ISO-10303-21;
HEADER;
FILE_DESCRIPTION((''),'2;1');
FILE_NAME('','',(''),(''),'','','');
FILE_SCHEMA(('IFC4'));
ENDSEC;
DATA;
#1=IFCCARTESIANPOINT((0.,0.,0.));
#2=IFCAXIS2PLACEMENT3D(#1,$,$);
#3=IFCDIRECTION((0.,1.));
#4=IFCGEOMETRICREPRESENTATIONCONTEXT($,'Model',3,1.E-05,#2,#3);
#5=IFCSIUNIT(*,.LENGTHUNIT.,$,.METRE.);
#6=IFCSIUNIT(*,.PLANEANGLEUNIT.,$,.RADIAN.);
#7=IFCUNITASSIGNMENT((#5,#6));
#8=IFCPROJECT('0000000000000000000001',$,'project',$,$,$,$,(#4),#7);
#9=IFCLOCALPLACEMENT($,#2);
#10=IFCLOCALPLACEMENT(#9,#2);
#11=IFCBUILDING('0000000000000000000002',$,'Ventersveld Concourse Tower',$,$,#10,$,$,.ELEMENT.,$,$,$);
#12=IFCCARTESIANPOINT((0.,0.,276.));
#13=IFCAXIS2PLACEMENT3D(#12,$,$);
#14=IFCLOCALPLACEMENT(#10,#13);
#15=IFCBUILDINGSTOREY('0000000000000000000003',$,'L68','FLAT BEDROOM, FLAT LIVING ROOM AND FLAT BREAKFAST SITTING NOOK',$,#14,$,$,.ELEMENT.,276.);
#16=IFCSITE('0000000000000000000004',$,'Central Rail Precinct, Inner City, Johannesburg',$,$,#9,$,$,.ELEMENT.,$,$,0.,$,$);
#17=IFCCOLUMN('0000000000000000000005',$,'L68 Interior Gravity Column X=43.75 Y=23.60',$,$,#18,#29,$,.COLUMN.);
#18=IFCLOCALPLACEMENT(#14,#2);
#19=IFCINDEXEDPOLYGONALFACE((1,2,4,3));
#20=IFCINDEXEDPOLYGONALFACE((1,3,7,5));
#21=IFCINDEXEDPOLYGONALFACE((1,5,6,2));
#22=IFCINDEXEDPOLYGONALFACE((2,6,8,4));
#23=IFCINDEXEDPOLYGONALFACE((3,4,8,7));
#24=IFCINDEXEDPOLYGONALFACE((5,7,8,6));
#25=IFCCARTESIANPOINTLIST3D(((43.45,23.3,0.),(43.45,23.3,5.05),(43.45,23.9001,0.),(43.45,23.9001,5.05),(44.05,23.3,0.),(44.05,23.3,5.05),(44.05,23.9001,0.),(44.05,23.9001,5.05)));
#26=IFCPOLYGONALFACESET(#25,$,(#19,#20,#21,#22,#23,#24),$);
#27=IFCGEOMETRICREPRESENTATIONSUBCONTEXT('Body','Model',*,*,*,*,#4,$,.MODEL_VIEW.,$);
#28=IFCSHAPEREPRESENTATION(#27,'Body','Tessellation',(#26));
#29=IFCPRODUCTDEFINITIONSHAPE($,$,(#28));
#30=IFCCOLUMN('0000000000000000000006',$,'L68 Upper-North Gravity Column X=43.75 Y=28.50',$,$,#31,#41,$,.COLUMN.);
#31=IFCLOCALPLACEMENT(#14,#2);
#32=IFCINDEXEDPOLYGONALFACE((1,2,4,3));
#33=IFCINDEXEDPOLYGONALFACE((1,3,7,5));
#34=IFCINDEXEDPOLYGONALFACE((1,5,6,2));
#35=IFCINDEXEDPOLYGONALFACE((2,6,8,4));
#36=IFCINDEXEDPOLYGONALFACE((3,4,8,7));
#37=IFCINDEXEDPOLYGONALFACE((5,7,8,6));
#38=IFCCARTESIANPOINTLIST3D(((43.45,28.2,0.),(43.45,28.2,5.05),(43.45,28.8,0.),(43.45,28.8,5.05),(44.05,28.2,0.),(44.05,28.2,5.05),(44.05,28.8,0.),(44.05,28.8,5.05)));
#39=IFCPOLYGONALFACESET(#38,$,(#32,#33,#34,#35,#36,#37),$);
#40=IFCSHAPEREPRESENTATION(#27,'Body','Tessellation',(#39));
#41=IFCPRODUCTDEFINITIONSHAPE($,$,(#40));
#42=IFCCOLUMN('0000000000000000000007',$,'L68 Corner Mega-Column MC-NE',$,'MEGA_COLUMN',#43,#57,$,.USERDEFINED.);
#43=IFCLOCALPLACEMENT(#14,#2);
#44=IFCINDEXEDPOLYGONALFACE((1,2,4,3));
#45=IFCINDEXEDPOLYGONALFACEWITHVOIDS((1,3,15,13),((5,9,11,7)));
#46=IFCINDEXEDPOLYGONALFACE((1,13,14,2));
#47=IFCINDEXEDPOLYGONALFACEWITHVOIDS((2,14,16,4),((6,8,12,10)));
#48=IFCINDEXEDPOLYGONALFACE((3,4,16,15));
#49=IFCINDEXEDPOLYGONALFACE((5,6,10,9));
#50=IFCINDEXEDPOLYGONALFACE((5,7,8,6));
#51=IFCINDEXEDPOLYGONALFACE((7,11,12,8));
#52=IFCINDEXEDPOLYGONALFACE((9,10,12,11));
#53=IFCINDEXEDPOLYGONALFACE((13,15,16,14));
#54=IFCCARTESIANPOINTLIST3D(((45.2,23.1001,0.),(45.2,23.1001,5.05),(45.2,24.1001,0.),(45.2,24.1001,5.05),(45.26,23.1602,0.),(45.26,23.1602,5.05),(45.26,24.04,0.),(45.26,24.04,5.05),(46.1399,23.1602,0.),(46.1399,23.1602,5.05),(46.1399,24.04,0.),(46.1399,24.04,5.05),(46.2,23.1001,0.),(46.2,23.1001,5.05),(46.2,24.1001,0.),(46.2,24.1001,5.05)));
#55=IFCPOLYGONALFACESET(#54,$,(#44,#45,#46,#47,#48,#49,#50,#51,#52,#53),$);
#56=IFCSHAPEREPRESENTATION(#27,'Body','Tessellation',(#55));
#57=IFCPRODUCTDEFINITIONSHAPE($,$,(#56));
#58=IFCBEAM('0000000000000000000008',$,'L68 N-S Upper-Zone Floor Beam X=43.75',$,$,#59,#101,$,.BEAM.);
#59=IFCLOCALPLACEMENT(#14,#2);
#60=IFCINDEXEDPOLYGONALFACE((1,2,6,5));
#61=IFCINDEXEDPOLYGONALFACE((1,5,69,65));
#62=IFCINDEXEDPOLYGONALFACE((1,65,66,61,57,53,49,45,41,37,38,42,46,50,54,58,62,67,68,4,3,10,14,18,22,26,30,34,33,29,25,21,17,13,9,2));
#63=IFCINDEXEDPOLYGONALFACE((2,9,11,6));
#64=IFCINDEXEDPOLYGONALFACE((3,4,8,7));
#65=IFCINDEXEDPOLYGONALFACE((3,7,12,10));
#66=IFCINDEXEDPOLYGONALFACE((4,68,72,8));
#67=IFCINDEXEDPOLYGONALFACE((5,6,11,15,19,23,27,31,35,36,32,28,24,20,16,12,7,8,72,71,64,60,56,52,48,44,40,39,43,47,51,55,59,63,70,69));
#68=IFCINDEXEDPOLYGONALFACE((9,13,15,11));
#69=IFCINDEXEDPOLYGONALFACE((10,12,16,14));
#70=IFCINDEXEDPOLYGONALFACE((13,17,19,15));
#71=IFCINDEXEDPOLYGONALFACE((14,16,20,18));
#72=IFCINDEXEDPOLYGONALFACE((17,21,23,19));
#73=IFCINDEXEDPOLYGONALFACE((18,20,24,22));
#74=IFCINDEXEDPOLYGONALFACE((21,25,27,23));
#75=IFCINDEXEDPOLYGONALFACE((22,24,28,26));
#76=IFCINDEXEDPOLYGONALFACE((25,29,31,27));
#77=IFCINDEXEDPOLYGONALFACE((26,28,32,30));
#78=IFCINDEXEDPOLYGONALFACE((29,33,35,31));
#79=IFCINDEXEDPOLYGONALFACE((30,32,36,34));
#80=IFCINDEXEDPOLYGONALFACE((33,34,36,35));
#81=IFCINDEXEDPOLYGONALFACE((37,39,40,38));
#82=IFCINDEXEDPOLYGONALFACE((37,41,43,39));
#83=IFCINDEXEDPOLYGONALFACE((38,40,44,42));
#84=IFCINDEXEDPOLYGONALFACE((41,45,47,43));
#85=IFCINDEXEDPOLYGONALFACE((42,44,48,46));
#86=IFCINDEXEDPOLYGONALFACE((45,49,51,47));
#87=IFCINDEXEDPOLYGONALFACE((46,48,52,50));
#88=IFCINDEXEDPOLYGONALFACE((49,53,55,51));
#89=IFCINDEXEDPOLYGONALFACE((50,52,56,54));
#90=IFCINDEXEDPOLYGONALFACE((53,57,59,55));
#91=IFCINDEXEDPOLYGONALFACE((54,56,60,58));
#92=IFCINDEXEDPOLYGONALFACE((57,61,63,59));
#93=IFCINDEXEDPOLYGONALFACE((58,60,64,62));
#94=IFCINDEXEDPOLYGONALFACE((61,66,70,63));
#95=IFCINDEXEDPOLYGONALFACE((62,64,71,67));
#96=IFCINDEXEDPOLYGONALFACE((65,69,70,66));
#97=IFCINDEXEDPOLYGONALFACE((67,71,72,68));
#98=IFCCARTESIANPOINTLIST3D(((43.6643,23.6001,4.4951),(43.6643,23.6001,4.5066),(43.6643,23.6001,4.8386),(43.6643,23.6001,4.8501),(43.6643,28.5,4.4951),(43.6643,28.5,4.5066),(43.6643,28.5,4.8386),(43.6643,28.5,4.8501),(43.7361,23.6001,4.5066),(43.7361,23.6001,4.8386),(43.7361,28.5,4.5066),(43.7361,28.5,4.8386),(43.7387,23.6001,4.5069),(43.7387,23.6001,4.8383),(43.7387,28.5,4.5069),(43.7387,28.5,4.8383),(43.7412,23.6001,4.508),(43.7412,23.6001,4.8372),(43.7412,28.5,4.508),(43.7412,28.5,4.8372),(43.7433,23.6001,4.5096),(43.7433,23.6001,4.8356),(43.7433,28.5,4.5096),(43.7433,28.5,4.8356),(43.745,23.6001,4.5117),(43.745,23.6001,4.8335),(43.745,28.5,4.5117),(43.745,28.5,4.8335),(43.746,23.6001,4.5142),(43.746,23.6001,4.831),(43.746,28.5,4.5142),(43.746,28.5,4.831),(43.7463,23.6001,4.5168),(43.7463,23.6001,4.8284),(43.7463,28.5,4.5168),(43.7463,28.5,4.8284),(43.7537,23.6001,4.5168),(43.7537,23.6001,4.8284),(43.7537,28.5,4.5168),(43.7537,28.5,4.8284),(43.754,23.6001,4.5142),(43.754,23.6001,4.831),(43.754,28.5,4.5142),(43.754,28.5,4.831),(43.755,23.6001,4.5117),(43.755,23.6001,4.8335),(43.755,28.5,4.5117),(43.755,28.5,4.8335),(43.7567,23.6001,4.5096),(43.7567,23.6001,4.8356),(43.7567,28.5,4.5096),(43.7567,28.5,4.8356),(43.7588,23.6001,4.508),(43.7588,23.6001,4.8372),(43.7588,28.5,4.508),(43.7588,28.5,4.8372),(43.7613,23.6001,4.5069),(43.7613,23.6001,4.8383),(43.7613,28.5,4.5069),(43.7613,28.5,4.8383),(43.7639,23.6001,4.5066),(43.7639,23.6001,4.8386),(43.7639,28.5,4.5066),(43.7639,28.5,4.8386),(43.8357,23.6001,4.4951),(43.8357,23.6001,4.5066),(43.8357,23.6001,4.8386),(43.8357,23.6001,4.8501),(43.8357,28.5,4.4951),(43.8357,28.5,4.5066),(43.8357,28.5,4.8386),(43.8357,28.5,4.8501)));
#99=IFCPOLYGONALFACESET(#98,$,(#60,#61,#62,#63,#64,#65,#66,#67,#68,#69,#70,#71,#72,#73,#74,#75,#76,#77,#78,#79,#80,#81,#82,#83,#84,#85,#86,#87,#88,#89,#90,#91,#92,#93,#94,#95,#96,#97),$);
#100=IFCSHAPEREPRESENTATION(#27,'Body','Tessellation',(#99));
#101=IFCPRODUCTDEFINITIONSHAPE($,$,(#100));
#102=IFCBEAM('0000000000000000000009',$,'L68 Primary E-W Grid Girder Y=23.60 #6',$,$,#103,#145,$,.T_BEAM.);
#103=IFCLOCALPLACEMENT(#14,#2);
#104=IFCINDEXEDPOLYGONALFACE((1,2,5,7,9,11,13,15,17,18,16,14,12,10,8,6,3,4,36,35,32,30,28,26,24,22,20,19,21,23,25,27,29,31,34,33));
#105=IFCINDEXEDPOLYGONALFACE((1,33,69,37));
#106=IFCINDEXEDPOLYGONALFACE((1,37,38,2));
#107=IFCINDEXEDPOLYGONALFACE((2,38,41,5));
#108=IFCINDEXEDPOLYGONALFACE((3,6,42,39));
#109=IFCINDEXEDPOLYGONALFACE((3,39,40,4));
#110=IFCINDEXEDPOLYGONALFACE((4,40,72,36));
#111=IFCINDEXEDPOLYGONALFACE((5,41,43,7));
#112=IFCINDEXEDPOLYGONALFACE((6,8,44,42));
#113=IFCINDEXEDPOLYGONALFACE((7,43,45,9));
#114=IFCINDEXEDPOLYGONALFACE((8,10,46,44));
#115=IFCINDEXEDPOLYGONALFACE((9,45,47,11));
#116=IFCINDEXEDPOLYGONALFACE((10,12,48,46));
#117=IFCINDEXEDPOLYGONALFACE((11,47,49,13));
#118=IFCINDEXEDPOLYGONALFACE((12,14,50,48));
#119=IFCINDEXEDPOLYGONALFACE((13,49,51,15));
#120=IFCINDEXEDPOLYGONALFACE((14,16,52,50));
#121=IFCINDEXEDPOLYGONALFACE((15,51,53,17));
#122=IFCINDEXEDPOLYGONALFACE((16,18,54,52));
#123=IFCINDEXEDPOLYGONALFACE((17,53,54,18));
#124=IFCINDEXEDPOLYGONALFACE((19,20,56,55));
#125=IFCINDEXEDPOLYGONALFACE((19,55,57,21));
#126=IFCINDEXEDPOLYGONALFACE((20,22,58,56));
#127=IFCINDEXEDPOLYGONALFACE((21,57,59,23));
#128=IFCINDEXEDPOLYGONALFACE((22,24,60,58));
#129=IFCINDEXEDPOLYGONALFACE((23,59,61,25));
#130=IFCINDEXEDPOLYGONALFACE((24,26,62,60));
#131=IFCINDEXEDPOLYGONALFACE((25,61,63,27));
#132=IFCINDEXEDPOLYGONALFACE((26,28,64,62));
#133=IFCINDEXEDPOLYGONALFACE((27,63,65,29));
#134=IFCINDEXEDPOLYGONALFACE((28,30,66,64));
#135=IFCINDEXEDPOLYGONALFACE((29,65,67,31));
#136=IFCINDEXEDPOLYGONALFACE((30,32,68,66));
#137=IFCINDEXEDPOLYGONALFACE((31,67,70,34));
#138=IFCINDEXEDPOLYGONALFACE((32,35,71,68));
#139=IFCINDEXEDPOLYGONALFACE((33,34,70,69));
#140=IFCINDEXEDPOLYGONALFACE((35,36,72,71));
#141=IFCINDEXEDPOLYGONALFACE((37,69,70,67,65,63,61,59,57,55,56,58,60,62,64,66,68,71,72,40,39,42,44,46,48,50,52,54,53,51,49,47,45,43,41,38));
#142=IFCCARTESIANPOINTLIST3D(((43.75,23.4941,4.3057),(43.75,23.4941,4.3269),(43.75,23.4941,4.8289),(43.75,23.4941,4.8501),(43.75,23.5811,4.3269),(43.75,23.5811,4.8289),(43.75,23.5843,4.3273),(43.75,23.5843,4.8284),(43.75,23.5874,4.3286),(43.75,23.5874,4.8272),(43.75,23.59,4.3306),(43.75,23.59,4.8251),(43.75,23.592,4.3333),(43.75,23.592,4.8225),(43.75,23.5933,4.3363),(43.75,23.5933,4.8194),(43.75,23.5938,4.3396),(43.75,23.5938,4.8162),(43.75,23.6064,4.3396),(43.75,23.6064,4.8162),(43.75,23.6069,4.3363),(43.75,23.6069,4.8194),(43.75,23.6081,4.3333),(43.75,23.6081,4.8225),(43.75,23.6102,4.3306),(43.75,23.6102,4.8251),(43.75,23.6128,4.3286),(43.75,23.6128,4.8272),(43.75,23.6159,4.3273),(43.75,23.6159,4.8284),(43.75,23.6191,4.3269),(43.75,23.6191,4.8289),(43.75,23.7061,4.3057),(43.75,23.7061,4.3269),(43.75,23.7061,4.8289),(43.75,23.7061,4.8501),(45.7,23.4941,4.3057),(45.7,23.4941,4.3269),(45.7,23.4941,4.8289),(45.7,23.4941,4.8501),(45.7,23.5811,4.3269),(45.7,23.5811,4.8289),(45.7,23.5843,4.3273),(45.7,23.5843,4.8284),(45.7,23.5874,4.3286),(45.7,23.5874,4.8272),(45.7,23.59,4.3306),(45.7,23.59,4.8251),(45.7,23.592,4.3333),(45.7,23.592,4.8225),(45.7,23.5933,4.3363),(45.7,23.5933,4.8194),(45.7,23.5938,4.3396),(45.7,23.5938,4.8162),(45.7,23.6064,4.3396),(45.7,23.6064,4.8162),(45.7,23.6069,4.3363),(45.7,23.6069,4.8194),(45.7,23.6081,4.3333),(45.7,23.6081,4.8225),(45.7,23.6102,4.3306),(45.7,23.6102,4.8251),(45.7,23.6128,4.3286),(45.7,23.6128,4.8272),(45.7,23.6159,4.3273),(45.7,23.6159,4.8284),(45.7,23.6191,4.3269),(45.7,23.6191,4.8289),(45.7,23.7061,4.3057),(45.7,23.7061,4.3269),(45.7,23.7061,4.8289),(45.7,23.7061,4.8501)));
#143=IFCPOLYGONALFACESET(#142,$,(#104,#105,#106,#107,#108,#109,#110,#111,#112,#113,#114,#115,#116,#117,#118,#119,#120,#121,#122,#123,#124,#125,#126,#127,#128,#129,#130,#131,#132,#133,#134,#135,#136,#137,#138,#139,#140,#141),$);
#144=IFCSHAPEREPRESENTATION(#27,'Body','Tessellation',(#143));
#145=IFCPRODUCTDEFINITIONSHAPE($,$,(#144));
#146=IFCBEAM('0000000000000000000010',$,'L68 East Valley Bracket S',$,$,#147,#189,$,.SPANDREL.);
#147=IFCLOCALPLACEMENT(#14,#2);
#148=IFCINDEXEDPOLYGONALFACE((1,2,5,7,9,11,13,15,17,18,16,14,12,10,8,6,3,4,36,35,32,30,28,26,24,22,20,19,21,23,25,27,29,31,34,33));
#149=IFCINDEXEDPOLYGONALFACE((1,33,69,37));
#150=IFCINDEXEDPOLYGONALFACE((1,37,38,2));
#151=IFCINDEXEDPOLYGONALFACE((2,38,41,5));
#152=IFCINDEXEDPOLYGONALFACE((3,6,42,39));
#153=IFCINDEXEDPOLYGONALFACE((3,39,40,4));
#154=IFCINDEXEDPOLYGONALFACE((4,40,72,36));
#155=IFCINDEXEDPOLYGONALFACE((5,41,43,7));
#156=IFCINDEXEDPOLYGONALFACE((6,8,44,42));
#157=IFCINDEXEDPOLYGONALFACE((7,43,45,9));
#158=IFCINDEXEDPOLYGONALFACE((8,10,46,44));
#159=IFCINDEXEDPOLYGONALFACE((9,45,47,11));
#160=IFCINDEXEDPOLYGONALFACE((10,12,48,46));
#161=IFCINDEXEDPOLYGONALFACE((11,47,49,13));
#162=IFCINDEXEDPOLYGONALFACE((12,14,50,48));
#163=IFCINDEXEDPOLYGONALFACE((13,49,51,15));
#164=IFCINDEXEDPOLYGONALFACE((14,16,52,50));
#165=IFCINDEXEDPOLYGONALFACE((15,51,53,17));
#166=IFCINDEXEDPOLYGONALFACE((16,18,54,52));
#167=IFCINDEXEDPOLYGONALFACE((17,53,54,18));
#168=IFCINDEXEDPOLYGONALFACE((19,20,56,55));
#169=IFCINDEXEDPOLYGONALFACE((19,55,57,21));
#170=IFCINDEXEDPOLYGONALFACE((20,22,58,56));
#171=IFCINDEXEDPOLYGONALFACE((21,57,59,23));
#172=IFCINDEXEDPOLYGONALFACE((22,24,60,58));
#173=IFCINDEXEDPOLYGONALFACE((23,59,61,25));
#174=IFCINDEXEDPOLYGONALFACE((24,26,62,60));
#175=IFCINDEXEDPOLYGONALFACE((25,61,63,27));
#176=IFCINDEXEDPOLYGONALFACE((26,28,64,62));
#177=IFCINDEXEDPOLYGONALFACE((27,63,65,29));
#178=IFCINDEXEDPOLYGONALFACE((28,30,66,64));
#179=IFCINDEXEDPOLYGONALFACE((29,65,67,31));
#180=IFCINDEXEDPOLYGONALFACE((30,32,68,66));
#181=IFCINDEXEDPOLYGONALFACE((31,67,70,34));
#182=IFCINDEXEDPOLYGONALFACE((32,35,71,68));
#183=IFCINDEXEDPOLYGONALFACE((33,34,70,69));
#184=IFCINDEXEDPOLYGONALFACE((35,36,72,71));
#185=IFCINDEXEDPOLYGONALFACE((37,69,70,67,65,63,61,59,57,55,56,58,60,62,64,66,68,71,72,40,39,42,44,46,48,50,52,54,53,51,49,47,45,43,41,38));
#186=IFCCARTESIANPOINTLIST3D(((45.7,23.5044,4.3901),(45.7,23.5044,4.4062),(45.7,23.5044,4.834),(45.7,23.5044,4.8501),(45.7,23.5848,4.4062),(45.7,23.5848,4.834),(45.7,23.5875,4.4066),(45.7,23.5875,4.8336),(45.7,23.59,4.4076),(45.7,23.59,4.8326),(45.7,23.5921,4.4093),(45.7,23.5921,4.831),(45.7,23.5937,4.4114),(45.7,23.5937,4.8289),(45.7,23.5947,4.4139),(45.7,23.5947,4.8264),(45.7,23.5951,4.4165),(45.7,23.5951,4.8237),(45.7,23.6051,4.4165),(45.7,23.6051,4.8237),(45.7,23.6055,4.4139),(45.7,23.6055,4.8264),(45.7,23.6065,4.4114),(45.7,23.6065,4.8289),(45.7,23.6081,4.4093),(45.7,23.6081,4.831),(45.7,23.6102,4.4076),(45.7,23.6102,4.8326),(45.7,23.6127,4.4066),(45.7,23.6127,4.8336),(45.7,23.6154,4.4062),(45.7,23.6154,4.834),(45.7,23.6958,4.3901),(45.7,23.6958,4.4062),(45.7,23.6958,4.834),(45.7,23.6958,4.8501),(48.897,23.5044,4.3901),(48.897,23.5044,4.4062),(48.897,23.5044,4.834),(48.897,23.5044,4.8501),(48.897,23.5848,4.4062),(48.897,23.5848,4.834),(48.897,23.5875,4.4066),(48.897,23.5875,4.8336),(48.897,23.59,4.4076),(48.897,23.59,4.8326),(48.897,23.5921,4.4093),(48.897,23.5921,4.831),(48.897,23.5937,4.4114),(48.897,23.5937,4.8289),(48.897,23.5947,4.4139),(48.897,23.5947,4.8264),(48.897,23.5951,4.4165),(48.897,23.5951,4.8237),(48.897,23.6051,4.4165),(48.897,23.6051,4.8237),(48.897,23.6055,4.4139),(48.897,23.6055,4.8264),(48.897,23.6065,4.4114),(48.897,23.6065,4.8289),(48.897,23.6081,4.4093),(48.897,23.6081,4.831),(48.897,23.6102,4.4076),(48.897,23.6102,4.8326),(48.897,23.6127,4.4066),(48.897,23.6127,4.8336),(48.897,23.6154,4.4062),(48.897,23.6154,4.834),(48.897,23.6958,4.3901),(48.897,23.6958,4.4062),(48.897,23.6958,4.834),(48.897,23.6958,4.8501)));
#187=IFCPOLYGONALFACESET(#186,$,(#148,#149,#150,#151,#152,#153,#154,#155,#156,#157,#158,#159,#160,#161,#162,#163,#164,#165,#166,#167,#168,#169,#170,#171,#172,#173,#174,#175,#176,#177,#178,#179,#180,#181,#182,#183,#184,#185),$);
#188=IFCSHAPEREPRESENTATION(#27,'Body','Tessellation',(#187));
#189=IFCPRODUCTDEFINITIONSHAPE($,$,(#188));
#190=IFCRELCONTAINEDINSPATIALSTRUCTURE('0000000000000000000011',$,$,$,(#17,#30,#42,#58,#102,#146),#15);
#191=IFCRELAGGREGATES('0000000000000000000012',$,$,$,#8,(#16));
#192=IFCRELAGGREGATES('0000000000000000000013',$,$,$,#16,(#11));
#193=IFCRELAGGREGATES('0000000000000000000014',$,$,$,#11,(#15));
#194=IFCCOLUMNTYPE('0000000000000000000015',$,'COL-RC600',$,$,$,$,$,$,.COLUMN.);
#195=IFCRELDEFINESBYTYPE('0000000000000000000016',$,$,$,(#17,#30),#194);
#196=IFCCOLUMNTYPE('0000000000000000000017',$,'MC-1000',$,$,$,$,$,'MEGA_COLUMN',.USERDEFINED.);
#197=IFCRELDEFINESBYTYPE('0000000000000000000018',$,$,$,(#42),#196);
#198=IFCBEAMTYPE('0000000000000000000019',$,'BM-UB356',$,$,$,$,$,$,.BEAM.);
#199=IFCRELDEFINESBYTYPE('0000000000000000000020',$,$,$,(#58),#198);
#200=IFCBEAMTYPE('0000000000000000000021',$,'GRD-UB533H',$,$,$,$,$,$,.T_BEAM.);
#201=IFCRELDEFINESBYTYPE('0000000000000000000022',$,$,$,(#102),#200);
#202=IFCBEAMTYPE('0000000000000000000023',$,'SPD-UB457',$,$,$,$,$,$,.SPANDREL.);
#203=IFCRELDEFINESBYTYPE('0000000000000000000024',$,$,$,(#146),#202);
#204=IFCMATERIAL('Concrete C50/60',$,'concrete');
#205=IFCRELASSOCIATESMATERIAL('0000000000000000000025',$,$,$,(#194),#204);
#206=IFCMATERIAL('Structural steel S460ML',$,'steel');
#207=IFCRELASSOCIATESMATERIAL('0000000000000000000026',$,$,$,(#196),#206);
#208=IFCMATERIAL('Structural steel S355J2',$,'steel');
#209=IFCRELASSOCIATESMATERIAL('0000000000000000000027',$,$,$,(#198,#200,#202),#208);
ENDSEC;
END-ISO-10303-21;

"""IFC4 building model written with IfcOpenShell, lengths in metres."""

from ifc_helpers import new_model, si_unit, direction, frame, origin, origin_2d, place, context, subcontext, project, spatial, rectangle, hollow_rectangle, i_section, extrude, material, material_profile, profile_set, type_object, element, save


model = new_model("IFC4")

# Units and contexts
model_context = context("Model", 3, precision=1e-05, world=origin(), true_north=direction((0.0, 1.0)))
body_context = subcontext(model_context, "Body", "Model", "MODEL_VIEW")
ifc_project = project(units=[si_unit("LENGTHUNIT", "METRE"), si_unit("PLANEANGLEUNIT", "RADIAN")], contexts=[model_context])

# Site, building, storey
site_placement = place(None, origin())
site = spatial("IfcSite", under=ifc_project, at=site_placement, Name="Central Rail Precinct, Inner City, Johannesburg", CompositionType="ELEMENT", RefElevation=0.0)
building_placement = place(site_placement, origin())
building = spatial("IfcBuilding", under=site, at=building_placement, Name="Ventersveld Concourse Tower", CompositionType="ELEMENT")
storey_placement = place(building_placement, frame((0.0, 0.0, 276.0)))
storey = spatial("IfcBuildingStorey", under=building, at=storey_placement, Name="L68", Description="FLAT BEDROOM, FLAT LIVING ROOM AND FLAT BREAKFAST SITTING NOOK", CompositionType="ELEMENT", Elevation=276.0)

# Columns
ifc_material_1 = material(Name="Concrete C50/60", Category="concrete")
ifc_material_profile_1 = material_profile(ifc_material_1, rectangle(XDim=0.6001, YDim=0.6001, at=origin_2d()), Name="RC 600x600")
ifc_profile_set_1 = profile_set([ifc_material_profile_1], Name="Concrete C50/60")
column_type_1 = type_object("IfcColumnType", Name="COL-RC600", PredefinedType="COLUMN", material=ifc_profile_set_1)
for number, where, z_axis, x_axis, name in (
    (1, (43.75, 23.6001, 0.0), (0.0, 0.0, 1.0), (1.0, 0.0, 0.0), "L68 Interior Gravity Column X=43.75 Y=23.60"),
    (2, (43.75, 28.5, 0.0), (0.0, 0.0, 1.0), (1.0, 0.0, 0.0), "L68 Upper-North Gravity Column X=43.75 Y=28.50"),
):
    element("IfcColumn", number, at=place(storey_placement, frame(where, z_axis=z_axis, x_axis=x_axis)), inside=storey, type_object=column_type_1, Name=name, PredefinedType="COLUMN", context=body_context, shape_type="SweptSolid", body=[
        extrude(rectangle(XDim=0.6001, YDim=0.6001, at=origin_2d()), origin(), (0.0, 0.0, 1.0), 5.05),
    ])
ifc_material_2 = material(Name="Structural steel S460ML", Category="steel")
ifc_material_profile_2 = material_profile(ifc_material_2, hollow_rectangle(XDim=1.0, YDim=1.0, WallThickness=0.0601, at=origin_2d()), Name="BOX 1000x1000x60")
ifc_profile_set_2 = profile_set([ifc_material_profile_2], Name="Structural steel S460ML")
column_type_2 = type_object("IfcColumnType", Name="MC-1000", ElementType="MEGA_COLUMN", PredefinedType="USERDEFINED", material=ifc_profile_set_2)
column_placement = place(storey_placement, frame((45.7, 23.6001, 0.0), z_axis=(0.0, 0.0, 1.0), x_axis=(1.0, 0.0, 0.0)))
element("IfcColumn", 3, at=column_placement, inside=storey, type_object=column_type_2, Name="L68 Corner Mega-Column MC-NE", ObjectType="MEGA_COLUMN", PredefinedType="USERDEFINED", context=body_context, shape_type="SweptSolid", body=[
    extrude(hollow_rectangle(XDim=1.0, YDim=1.0, WallThickness=0.0601, at=origin_2d()), origin(), (0.0, 0.0, 1.0), 5.05),
])

# Beams
ifc_material_3 = material(Name="Structural steel S355J2", Category="steel")
ifc_material_profile_3 = material_profile(ifc_material_3, i_section(OverallWidth=0.1714, OverallDepth=0.355, WebThickness=0.0073, FlangeThickness=0.0115, FilletRadius=0.0103, at=origin_2d()), Name="UB 356x171x51")
ifc_profile_set_3 = profile_set([ifc_material_profile_3], Name="Structural steel S355J2")
beam_type_1 = type_object("IfcBeamType", Name="BM-UB356", PredefinedType="BEAM", material=ifc_profile_set_3)
beam_1_placement = place(storey_placement, frame((43.75, 23.6001, 4.6726), z_axis=(0.0, 1.0, 0.0), x_axis=(-1.0, 0.0, 0.0)))
element("IfcBeam", 4, at=beam_1_placement, inside=storey, type_object=beam_type_1, Name="L68 N-S Upper-Zone Floor Beam X=43.75", PredefinedType="BEAM", context=body_context, shape_type="SweptSolid", body=[
    extrude(i_section(OverallWidth=0.1714, OverallDepth=0.355, WebThickness=0.0073, FlangeThickness=0.0115, FilletRadius=0.0103, at=origin_2d()), origin(), (0.0, 0.0, 1.0), 4.8999),
])
ifc_material_profile_4 = material_profile(ifc_material_3, i_section(OverallWidth=0.2119, OverallDepth=0.5444, WebThickness=0.0127, FlangeThickness=0.0212, FilletRadius=0.0127, at=origin_2d()), Name="UB 533x210x122")
ifc_profile_set_4 = profile_set([ifc_material_profile_4], Name="Structural steel S355J2")
beam_type_2 = type_object("IfcBeamType", Name="GRD-UB533H", PredefinedType="T_BEAM", material=ifc_profile_set_4)
beam_2_placement = place(storey_placement, frame((43.75, 23.6001, 4.5779), z_axis=(1.0, 0.0, 0.0), x_axis=(0.0, 1.0, 0.0)))
element("IfcBeam", 5, at=beam_2_placement, inside=storey, type_object=beam_type_2, Name="L68 Primary E-W Grid Girder Y=23.60 #6", PredefinedType="T_BEAM", context=body_context, shape_type="SweptSolid", body=[
    extrude(i_section(OverallWidth=0.2119, OverallDepth=0.5444, WebThickness=0.0127, FlangeThickness=0.0212, FilletRadius=0.0127, at=origin_2d()), origin(), (0.0, 0.0, 1.0), 1.95),
])
ifc_material_profile_5 = material_profile(ifc_material_3, i_section(OverallWidth=0.1914, OverallDepth=0.46, WebThickness=0.01, FlangeThickness=0.0161, FilletRadius=0.0103, at=origin_2d()), Name="UB 457x191x82")
ifc_profile_set_5 = profile_set([ifc_material_profile_5], Name="Structural steel S355J2")
beam_type_3 = type_object("IfcBeamType", Name="SPD-UB457", PredefinedType="SPANDREL", material=ifc_profile_set_5)
beam_3_placement = place(storey_placement, frame((45.7, 23.6001, 4.6201), z_axis=(1.0, 0.0, 0.0), x_axis=(0.0, 1.0, 0.0)))
element("IfcBeam", 6, at=beam_3_placement, inside=storey, type_object=beam_type_3, Name="L68 East Valley Bracket S", PredefinedType="SPANDREL", context=body_context, shape_type="SweptSolid", body=[
    extrude(i_section(OverallWidth=0.1914, OverallDepth=0.46, WebThickness=0.01, FlangeThickness=0.0161, FilletRadius=0.0103, at=origin_2d()), origin(), (0.0, 0.0, 1.0), 3.197),
])

save(model, "model.ifc")
